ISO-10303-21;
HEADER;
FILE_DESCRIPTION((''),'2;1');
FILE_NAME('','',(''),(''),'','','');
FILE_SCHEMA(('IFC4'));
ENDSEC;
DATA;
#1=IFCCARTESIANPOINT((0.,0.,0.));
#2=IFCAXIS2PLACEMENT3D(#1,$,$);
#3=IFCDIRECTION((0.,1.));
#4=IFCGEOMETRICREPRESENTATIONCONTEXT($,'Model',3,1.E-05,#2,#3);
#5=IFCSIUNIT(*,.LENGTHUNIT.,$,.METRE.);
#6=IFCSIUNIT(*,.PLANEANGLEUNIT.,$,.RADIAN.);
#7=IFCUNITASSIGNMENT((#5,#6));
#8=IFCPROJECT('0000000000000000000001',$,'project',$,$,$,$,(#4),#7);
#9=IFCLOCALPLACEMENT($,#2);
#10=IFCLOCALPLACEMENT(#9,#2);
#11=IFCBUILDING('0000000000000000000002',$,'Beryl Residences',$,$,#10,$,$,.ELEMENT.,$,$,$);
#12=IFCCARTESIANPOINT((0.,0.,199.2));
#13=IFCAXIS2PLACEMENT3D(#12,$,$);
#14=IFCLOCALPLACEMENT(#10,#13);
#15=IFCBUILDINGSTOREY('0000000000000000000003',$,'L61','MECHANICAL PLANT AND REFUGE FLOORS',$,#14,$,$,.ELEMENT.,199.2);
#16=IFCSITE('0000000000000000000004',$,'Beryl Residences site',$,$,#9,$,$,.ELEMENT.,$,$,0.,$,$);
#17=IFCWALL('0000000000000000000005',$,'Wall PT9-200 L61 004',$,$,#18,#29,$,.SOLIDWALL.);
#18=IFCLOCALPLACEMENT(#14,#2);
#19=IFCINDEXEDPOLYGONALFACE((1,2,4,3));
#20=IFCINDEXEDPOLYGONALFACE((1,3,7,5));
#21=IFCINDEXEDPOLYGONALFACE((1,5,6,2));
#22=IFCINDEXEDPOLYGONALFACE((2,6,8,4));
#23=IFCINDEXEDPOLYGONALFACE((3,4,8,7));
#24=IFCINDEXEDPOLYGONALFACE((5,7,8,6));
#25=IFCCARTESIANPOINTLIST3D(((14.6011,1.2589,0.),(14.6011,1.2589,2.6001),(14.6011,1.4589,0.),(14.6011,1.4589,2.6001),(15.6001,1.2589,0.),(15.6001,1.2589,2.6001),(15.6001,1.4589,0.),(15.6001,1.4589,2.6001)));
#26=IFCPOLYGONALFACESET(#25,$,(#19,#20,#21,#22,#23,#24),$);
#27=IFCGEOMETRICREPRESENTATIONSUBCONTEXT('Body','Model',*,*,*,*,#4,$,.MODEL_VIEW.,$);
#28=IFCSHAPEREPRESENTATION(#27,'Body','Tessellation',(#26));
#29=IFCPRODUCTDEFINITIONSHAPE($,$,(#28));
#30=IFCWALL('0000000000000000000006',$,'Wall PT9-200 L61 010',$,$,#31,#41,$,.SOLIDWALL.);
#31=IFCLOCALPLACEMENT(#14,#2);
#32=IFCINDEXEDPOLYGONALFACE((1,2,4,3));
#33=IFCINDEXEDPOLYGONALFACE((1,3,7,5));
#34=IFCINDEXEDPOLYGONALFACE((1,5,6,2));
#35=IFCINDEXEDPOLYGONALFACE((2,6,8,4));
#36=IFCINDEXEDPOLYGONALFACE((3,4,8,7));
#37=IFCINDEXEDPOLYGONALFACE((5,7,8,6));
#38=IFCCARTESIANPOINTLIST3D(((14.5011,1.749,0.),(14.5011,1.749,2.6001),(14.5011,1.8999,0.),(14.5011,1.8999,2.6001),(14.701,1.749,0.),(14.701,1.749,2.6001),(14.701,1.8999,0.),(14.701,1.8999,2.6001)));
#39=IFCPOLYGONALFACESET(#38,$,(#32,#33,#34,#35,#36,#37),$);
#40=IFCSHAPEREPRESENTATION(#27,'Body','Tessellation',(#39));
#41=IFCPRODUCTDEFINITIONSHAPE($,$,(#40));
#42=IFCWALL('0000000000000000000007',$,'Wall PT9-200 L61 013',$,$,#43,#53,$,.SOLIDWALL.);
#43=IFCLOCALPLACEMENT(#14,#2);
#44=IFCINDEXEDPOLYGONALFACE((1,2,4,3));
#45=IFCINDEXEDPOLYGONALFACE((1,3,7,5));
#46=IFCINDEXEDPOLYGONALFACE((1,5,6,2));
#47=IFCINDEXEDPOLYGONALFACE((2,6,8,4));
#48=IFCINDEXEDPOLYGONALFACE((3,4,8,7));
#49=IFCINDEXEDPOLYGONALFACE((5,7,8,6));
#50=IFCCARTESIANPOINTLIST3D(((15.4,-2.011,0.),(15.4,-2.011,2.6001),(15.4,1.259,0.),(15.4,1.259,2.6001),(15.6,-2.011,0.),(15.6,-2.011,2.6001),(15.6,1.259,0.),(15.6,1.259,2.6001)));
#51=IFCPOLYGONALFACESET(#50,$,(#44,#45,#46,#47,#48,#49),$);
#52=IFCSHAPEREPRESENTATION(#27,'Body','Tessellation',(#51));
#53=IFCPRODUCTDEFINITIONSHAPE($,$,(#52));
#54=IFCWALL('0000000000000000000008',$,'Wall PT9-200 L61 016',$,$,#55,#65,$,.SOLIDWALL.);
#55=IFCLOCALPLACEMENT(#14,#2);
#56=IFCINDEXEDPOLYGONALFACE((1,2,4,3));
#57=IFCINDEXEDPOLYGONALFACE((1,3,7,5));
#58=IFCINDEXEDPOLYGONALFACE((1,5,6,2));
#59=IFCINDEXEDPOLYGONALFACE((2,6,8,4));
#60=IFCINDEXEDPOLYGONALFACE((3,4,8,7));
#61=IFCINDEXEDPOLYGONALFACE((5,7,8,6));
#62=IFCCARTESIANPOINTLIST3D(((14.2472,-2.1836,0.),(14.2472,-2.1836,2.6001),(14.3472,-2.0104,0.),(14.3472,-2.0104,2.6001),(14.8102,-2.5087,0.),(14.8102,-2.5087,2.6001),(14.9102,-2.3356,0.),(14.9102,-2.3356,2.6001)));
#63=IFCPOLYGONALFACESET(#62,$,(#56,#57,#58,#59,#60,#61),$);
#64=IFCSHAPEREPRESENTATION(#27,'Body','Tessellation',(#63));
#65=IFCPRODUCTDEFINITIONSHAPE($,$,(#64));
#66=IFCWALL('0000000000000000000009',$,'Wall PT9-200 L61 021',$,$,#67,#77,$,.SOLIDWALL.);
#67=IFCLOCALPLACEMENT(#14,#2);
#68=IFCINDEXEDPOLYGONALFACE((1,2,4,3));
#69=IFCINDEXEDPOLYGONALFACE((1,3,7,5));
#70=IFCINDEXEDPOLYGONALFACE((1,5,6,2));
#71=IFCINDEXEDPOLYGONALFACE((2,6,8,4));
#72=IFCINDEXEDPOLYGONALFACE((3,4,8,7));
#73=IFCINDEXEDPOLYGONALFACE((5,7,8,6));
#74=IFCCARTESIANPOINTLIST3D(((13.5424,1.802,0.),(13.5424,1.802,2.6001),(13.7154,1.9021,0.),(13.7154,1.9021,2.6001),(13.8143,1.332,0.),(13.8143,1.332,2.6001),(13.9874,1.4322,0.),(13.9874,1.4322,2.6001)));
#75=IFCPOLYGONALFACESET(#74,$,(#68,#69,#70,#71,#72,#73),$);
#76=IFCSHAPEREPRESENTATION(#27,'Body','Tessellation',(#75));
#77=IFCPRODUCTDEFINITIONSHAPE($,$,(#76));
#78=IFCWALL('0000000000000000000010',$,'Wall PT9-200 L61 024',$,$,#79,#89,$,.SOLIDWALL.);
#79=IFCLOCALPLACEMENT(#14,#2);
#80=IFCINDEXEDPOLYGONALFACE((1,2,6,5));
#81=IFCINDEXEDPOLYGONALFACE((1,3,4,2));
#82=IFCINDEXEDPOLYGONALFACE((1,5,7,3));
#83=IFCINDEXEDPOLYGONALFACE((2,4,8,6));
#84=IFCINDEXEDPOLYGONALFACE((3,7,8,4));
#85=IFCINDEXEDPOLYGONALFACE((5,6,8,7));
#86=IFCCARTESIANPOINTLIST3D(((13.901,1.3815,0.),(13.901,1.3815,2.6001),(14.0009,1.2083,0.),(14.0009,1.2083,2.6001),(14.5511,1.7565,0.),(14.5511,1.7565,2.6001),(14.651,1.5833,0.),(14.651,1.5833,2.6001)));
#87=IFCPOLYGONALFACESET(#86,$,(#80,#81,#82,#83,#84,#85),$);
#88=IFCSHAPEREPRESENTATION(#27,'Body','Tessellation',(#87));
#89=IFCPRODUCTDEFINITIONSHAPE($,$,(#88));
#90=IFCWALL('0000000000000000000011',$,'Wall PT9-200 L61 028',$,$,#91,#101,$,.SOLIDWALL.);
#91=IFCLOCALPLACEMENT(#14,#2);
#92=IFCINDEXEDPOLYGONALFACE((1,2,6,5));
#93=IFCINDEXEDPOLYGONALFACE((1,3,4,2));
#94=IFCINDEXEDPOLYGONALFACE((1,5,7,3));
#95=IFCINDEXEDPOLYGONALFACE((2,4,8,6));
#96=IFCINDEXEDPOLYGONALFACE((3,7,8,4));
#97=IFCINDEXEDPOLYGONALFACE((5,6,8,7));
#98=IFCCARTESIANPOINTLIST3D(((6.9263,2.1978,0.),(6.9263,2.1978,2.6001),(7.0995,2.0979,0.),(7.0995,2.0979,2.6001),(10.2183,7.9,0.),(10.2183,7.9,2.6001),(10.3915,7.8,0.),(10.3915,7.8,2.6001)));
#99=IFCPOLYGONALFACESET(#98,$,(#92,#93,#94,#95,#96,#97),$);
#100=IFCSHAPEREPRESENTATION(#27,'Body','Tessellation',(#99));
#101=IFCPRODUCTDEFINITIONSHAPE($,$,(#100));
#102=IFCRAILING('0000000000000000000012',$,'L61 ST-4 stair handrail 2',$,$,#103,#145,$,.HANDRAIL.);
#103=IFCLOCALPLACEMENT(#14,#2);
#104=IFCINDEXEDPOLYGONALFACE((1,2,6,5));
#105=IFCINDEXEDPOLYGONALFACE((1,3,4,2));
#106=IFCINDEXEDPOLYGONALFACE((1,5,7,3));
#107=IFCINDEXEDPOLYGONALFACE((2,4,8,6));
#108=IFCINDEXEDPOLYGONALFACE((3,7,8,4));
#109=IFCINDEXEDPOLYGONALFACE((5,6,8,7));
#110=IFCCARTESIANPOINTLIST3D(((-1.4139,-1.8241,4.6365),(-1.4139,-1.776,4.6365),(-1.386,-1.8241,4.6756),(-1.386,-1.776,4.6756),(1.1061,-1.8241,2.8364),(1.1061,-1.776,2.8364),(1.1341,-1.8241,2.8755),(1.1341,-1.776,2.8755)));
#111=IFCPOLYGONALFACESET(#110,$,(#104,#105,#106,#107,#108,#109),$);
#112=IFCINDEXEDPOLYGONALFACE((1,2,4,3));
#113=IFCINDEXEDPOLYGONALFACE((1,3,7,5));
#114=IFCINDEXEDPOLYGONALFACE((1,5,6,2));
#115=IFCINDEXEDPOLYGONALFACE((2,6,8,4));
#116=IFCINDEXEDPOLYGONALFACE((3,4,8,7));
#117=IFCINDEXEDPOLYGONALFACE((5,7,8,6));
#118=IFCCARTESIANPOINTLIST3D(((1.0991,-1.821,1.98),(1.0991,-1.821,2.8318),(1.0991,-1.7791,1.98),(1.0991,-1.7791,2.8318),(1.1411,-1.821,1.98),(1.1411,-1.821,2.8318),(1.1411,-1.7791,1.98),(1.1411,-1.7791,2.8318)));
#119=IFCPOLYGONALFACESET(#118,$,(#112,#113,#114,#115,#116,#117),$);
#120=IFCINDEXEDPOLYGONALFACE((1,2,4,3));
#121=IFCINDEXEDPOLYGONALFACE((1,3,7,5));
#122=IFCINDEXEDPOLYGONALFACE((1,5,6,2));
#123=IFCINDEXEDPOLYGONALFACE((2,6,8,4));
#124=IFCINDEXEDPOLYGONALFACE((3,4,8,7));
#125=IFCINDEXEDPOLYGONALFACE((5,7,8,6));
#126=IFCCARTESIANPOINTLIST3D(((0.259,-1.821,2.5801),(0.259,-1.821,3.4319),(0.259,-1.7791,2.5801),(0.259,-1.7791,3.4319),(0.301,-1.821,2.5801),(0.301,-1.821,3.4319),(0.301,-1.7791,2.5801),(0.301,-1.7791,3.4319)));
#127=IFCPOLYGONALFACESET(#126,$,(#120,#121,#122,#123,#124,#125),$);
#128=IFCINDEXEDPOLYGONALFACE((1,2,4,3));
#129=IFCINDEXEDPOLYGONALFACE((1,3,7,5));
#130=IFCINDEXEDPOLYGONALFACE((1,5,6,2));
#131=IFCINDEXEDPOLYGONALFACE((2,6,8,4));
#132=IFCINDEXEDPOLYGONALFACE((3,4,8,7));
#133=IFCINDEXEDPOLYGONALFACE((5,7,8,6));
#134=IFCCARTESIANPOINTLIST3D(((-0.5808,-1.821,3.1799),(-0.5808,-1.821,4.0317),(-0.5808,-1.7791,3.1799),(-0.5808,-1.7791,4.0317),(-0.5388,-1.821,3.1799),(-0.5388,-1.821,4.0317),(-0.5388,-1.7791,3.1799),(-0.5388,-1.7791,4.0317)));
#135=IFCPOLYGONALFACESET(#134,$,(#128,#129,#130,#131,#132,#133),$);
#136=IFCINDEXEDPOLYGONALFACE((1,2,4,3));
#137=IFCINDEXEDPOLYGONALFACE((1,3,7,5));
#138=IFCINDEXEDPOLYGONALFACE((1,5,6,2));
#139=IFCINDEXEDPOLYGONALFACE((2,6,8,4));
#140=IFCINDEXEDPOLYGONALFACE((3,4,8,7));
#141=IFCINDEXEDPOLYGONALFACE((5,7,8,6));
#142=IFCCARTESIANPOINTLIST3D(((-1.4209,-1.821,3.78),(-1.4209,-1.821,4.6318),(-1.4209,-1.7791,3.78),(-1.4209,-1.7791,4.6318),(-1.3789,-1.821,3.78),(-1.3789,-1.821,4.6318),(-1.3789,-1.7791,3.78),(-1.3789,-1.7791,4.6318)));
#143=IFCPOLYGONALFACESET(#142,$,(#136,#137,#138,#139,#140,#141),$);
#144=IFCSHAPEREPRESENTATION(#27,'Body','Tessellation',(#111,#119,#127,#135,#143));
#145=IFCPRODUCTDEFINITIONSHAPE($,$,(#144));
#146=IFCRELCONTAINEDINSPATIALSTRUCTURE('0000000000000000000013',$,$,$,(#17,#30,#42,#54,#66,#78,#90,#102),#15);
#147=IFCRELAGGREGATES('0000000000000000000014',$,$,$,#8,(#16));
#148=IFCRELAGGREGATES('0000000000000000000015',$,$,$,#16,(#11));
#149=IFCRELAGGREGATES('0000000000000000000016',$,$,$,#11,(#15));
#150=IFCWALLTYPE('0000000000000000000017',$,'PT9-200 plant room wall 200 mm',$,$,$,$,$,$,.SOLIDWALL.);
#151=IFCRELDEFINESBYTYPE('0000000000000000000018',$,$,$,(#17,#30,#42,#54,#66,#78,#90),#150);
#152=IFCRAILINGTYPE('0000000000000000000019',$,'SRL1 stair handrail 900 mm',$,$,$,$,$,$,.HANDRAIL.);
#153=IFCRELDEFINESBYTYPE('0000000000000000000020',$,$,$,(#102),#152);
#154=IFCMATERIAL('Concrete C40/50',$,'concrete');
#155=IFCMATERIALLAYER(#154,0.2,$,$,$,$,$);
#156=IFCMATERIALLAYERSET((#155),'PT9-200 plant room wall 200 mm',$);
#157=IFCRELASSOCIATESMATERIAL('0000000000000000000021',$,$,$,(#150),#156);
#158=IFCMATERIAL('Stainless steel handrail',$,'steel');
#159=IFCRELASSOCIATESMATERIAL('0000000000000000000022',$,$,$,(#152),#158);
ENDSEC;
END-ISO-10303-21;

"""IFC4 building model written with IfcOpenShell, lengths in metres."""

from ifc_helpers import new_model, si_unit, direction, frame, frame_2d, origin, origin_2d, place, context, subcontext, project, spatial, rectangle, extrude, material, layer, layer_set, type_object, element, save


model = new_model("IFC4")

# Units and contexts
model_context = context("Model", 3, precision=1e-05, world=origin(), true_north=direction((0.0, 1.0)))
body_context = subcontext(model_context, "Body", "Model", "MODEL_VIEW")
ifc_project = project(units=[si_unit("LENGTHUNIT", "METRE"), si_unit("PLANEANGLEUNIT", "RADIAN")], contexts=[model_context])

# Site, building, storey
site_placement = place(None, origin())
site = spatial("IfcSite", under=ifc_project, at=site_placement, Name="Beryl Residences site", CompositionType="ELEMENT", RefElevation=0.0)
building_placement = place(site_placement, origin())
building = spatial("IfcBuilding", under=site, at=building_placement, Name="Beryl Residences", CompositionType="ELEMENT")
storey_placement = place(building_placement, frame((0.0, 0.0, 199.2)))
storey = spatial("IfcBuildingStorey", under=building, at=storey_placement, Name="L61", Description="MECHANICAL PLANT AND REFUGE FLOORS", CompositionType="ELEMENT", Elevation=199.2)

# Walls
ifc_material_1 = material(Name="Concrete C40/50", Category="concrete")
ifc_layer_1 = layer(ifc_material_1, 0.2)
ifc_layer_set_1 = layer_set([ifc_layer_1], Name="PT9-200 plant room wall 200 mm")
wall_type = type_object("IfcWallType", Name="PT9-200 plant room wall 200 mm", PredefinedType="SOLIDWALL", material=ifc_layer_set_1)
wall_1_placement = place(storey_placement, frame((14.6011, 1.3589, 0.0), z_axis=(0.0, 0.0, 1.0), x_axis=(1.0, 0.0, 0.0)))
element("IfcWall", 1, at=wall_1_placement, inside=storey, type_object=wall_type, Name="Wall PT9-200 L61 004", PredefinedType="SOLIDWALL", context=body_context, shape_type="SweptSolid", body=[
    extrude(rectangle(XDim=0.999, YDim=0.2, at=frame_2d((0.4995, 0.0))), origin(), (0.0, 0.0, 1.0), 2.6001),
])
wall_2_placement = place(storey_placement, frame((14.6011, 1.749, 0.0), z_axis=(0.0, 0.0, 1.0), x_axis=(0.0, 1.0, 0.0)))
element("IfcWall", 2, at=wall_2_placement, inside=storey, type_object=wall_type, Name="Wall PT9-200 L61 010", PredefinedType="SOLIDWALL", context=body_context, shape_type="SweptSolid", body=[
    extrude(rectangle(XDim=0.1509, YDim=0.2, at=frame_2d((0.0754, 0.0))), origin(), (0.0, 0.0, 1.0), 2.6001),
])
wall_3_placement = place(storey_placement, frame((15.5, -2.011, 0.0), z_axis=(0.0, 0.0, 1.0), x_axis=(0.0, 1.0, 0.0)))
element("IfcWall", 3, at=wall_3_placement, inside=storey, type_object=wall_type, Name="Wall PT9-200 L61 013", PredefinedType="SOLIDWALL", context=body_context, shape_type="SweptSolid", body=[
    extrude(rectangle(XDim=3.27, YDim=0.2, at=frame_2d((1.635, 0.0))), origin(), (0.0, 0.0, 1.0), 2.6001),
])
wall_4_placement = place(storey_placement, frame((14.2971, -2.0969, 0.0), z_axis=(0.0, 0.0, 1.0), x_axis=(0.865923, -0.500177, 0.0)))
element("IfcWall", 4, at=wall_4_placement, inside=storey, type_object=wall_type, Name="Wall PT9-200 L61 016", PredefinedType="SOLIDWALL", context=body_context, shape_type="SweptSolid", body=[
    extrude(rectangle(XDim=0.6501, YDim=0.2, at=frame_2d((0.3252, 0.0))), origin(), (0.0, 0.0, 1.0), 2.6001),
])
wall_5_placement = place(storey_placement, frame((13.6289, 1.8521, 0.0), z_axis=(0.0, 0.0, 1.0), x_axis=(0.500877, -0.865519, 0.0)))
element("IfcWall", 5, at=wall_5_placement, inside=storey, type_object=wall_type, Name="Wall PT9-200 L61 021", PredefinedType="SOLIDWALL", context=body_context, shape_type="SweptSolid", body=[
    extrude(rectangle(XDim=0.543, YDim=0.2, at=frame_2d((0.2715, 0.0))), origin(), (0.0, 0.0, 1.0), 2.6001),
])
wall_6_placement = place(storey_placement, frame((13.9509, 1.2949, 0.0), z_axis=(0.0, 0.0, 1.0), x_axis=(0.866234, 0.499638, 0.0)))
element("IfcWall", 6, at=wall_6_placement, inside=storey, type_object=wall_type, Name="Wall PT9-200 L61 024", PredefinedType="SOLIDWALL", context=body_context, shape_type="SweptSolid", body=[
    extrude(rectangle(XDim=0.7505, YDim=0.2, at=frame_2d((0.3752, 0.0))), origin(), (0.0, 0.0, 1.0), 2.6001),
])
wall_7_placement = place(storey_placement, frame((7.0129, 2.1479, 0.0), z_axis=(0.0, 0.0, 1.0), x_axis=(0.499984, 0.866035, 0.0)))
element("IfcWall", 7, at=wall_7_placement, inside=storey, type_object=wall_type, Name="Wall PT9-200 L61 028", PredefinedType="SOLIDWALL", context=body_context, shape_type="SweptSolid", body=[
    extrude(rectangle(XDim=6.5842, YDim=0.2, at=frame_2d((3.292, 0.0))), origin(), (0.0, 0.0, 1.0), 2.6001),
])

# Railing
ifc_material_2 = material(Name="Stainless steel handrail", Category="steel")
railing_type_1 = type_object("IfcRailingType", Name="SRL1 stair handrail 900 mm", PredefinedType="HANDRAIL", material=ifc_material_2)
railing_1_placement = place(storey_placement, frame((1.1201, -1.8, 1.98)))
element("IfcRailing", 8, at=railing_1_placement, inside=storey, type_object=railing_type_1, Name="L61 ST-4 stair handrail 2", PredefinedType="HANDRAIL", context=body_context, shape_type="SweptSolid", body=[
    extrude(rectangle(XDim=0.0481, YDim=0.0481, at=origin_2d()), frame((0.0, 0.0, 0.876), z_axis=(-0.813728, 0.0, 0.581246), x_axis=(0.0, -1.0, 0.0)), (0.0, 0.0, 1.0), 3.0969),
    extrude(rectangle(XDim=0.042, YDim=0.042, at=origin_2d()), origin(), (0.0, 0.0, 1.0), 0.8518),
    extrude(rectangle(XDim=0.042, YDim=0.042, at=origin_2d()), frame((-0.8401, 0.0, 0.6001)), (0.0, 0.0, 1.0), 0.8518),
    extrude(rectangle(XDim=0.042, YDim=0.042, at=origin_2d()), frame((-1.6799, 0.0, 1.2)), (0.0, 0.0, 1.0), 0.8518),
    extrude(rectangle(XDim=0.042, YDim=0.042, at=origin_2d()), frame((-2.52, 0.0, 1.8)), (0.0, 0.0, 1.0), 0.8518),
])

save(model, "model.ifc")
